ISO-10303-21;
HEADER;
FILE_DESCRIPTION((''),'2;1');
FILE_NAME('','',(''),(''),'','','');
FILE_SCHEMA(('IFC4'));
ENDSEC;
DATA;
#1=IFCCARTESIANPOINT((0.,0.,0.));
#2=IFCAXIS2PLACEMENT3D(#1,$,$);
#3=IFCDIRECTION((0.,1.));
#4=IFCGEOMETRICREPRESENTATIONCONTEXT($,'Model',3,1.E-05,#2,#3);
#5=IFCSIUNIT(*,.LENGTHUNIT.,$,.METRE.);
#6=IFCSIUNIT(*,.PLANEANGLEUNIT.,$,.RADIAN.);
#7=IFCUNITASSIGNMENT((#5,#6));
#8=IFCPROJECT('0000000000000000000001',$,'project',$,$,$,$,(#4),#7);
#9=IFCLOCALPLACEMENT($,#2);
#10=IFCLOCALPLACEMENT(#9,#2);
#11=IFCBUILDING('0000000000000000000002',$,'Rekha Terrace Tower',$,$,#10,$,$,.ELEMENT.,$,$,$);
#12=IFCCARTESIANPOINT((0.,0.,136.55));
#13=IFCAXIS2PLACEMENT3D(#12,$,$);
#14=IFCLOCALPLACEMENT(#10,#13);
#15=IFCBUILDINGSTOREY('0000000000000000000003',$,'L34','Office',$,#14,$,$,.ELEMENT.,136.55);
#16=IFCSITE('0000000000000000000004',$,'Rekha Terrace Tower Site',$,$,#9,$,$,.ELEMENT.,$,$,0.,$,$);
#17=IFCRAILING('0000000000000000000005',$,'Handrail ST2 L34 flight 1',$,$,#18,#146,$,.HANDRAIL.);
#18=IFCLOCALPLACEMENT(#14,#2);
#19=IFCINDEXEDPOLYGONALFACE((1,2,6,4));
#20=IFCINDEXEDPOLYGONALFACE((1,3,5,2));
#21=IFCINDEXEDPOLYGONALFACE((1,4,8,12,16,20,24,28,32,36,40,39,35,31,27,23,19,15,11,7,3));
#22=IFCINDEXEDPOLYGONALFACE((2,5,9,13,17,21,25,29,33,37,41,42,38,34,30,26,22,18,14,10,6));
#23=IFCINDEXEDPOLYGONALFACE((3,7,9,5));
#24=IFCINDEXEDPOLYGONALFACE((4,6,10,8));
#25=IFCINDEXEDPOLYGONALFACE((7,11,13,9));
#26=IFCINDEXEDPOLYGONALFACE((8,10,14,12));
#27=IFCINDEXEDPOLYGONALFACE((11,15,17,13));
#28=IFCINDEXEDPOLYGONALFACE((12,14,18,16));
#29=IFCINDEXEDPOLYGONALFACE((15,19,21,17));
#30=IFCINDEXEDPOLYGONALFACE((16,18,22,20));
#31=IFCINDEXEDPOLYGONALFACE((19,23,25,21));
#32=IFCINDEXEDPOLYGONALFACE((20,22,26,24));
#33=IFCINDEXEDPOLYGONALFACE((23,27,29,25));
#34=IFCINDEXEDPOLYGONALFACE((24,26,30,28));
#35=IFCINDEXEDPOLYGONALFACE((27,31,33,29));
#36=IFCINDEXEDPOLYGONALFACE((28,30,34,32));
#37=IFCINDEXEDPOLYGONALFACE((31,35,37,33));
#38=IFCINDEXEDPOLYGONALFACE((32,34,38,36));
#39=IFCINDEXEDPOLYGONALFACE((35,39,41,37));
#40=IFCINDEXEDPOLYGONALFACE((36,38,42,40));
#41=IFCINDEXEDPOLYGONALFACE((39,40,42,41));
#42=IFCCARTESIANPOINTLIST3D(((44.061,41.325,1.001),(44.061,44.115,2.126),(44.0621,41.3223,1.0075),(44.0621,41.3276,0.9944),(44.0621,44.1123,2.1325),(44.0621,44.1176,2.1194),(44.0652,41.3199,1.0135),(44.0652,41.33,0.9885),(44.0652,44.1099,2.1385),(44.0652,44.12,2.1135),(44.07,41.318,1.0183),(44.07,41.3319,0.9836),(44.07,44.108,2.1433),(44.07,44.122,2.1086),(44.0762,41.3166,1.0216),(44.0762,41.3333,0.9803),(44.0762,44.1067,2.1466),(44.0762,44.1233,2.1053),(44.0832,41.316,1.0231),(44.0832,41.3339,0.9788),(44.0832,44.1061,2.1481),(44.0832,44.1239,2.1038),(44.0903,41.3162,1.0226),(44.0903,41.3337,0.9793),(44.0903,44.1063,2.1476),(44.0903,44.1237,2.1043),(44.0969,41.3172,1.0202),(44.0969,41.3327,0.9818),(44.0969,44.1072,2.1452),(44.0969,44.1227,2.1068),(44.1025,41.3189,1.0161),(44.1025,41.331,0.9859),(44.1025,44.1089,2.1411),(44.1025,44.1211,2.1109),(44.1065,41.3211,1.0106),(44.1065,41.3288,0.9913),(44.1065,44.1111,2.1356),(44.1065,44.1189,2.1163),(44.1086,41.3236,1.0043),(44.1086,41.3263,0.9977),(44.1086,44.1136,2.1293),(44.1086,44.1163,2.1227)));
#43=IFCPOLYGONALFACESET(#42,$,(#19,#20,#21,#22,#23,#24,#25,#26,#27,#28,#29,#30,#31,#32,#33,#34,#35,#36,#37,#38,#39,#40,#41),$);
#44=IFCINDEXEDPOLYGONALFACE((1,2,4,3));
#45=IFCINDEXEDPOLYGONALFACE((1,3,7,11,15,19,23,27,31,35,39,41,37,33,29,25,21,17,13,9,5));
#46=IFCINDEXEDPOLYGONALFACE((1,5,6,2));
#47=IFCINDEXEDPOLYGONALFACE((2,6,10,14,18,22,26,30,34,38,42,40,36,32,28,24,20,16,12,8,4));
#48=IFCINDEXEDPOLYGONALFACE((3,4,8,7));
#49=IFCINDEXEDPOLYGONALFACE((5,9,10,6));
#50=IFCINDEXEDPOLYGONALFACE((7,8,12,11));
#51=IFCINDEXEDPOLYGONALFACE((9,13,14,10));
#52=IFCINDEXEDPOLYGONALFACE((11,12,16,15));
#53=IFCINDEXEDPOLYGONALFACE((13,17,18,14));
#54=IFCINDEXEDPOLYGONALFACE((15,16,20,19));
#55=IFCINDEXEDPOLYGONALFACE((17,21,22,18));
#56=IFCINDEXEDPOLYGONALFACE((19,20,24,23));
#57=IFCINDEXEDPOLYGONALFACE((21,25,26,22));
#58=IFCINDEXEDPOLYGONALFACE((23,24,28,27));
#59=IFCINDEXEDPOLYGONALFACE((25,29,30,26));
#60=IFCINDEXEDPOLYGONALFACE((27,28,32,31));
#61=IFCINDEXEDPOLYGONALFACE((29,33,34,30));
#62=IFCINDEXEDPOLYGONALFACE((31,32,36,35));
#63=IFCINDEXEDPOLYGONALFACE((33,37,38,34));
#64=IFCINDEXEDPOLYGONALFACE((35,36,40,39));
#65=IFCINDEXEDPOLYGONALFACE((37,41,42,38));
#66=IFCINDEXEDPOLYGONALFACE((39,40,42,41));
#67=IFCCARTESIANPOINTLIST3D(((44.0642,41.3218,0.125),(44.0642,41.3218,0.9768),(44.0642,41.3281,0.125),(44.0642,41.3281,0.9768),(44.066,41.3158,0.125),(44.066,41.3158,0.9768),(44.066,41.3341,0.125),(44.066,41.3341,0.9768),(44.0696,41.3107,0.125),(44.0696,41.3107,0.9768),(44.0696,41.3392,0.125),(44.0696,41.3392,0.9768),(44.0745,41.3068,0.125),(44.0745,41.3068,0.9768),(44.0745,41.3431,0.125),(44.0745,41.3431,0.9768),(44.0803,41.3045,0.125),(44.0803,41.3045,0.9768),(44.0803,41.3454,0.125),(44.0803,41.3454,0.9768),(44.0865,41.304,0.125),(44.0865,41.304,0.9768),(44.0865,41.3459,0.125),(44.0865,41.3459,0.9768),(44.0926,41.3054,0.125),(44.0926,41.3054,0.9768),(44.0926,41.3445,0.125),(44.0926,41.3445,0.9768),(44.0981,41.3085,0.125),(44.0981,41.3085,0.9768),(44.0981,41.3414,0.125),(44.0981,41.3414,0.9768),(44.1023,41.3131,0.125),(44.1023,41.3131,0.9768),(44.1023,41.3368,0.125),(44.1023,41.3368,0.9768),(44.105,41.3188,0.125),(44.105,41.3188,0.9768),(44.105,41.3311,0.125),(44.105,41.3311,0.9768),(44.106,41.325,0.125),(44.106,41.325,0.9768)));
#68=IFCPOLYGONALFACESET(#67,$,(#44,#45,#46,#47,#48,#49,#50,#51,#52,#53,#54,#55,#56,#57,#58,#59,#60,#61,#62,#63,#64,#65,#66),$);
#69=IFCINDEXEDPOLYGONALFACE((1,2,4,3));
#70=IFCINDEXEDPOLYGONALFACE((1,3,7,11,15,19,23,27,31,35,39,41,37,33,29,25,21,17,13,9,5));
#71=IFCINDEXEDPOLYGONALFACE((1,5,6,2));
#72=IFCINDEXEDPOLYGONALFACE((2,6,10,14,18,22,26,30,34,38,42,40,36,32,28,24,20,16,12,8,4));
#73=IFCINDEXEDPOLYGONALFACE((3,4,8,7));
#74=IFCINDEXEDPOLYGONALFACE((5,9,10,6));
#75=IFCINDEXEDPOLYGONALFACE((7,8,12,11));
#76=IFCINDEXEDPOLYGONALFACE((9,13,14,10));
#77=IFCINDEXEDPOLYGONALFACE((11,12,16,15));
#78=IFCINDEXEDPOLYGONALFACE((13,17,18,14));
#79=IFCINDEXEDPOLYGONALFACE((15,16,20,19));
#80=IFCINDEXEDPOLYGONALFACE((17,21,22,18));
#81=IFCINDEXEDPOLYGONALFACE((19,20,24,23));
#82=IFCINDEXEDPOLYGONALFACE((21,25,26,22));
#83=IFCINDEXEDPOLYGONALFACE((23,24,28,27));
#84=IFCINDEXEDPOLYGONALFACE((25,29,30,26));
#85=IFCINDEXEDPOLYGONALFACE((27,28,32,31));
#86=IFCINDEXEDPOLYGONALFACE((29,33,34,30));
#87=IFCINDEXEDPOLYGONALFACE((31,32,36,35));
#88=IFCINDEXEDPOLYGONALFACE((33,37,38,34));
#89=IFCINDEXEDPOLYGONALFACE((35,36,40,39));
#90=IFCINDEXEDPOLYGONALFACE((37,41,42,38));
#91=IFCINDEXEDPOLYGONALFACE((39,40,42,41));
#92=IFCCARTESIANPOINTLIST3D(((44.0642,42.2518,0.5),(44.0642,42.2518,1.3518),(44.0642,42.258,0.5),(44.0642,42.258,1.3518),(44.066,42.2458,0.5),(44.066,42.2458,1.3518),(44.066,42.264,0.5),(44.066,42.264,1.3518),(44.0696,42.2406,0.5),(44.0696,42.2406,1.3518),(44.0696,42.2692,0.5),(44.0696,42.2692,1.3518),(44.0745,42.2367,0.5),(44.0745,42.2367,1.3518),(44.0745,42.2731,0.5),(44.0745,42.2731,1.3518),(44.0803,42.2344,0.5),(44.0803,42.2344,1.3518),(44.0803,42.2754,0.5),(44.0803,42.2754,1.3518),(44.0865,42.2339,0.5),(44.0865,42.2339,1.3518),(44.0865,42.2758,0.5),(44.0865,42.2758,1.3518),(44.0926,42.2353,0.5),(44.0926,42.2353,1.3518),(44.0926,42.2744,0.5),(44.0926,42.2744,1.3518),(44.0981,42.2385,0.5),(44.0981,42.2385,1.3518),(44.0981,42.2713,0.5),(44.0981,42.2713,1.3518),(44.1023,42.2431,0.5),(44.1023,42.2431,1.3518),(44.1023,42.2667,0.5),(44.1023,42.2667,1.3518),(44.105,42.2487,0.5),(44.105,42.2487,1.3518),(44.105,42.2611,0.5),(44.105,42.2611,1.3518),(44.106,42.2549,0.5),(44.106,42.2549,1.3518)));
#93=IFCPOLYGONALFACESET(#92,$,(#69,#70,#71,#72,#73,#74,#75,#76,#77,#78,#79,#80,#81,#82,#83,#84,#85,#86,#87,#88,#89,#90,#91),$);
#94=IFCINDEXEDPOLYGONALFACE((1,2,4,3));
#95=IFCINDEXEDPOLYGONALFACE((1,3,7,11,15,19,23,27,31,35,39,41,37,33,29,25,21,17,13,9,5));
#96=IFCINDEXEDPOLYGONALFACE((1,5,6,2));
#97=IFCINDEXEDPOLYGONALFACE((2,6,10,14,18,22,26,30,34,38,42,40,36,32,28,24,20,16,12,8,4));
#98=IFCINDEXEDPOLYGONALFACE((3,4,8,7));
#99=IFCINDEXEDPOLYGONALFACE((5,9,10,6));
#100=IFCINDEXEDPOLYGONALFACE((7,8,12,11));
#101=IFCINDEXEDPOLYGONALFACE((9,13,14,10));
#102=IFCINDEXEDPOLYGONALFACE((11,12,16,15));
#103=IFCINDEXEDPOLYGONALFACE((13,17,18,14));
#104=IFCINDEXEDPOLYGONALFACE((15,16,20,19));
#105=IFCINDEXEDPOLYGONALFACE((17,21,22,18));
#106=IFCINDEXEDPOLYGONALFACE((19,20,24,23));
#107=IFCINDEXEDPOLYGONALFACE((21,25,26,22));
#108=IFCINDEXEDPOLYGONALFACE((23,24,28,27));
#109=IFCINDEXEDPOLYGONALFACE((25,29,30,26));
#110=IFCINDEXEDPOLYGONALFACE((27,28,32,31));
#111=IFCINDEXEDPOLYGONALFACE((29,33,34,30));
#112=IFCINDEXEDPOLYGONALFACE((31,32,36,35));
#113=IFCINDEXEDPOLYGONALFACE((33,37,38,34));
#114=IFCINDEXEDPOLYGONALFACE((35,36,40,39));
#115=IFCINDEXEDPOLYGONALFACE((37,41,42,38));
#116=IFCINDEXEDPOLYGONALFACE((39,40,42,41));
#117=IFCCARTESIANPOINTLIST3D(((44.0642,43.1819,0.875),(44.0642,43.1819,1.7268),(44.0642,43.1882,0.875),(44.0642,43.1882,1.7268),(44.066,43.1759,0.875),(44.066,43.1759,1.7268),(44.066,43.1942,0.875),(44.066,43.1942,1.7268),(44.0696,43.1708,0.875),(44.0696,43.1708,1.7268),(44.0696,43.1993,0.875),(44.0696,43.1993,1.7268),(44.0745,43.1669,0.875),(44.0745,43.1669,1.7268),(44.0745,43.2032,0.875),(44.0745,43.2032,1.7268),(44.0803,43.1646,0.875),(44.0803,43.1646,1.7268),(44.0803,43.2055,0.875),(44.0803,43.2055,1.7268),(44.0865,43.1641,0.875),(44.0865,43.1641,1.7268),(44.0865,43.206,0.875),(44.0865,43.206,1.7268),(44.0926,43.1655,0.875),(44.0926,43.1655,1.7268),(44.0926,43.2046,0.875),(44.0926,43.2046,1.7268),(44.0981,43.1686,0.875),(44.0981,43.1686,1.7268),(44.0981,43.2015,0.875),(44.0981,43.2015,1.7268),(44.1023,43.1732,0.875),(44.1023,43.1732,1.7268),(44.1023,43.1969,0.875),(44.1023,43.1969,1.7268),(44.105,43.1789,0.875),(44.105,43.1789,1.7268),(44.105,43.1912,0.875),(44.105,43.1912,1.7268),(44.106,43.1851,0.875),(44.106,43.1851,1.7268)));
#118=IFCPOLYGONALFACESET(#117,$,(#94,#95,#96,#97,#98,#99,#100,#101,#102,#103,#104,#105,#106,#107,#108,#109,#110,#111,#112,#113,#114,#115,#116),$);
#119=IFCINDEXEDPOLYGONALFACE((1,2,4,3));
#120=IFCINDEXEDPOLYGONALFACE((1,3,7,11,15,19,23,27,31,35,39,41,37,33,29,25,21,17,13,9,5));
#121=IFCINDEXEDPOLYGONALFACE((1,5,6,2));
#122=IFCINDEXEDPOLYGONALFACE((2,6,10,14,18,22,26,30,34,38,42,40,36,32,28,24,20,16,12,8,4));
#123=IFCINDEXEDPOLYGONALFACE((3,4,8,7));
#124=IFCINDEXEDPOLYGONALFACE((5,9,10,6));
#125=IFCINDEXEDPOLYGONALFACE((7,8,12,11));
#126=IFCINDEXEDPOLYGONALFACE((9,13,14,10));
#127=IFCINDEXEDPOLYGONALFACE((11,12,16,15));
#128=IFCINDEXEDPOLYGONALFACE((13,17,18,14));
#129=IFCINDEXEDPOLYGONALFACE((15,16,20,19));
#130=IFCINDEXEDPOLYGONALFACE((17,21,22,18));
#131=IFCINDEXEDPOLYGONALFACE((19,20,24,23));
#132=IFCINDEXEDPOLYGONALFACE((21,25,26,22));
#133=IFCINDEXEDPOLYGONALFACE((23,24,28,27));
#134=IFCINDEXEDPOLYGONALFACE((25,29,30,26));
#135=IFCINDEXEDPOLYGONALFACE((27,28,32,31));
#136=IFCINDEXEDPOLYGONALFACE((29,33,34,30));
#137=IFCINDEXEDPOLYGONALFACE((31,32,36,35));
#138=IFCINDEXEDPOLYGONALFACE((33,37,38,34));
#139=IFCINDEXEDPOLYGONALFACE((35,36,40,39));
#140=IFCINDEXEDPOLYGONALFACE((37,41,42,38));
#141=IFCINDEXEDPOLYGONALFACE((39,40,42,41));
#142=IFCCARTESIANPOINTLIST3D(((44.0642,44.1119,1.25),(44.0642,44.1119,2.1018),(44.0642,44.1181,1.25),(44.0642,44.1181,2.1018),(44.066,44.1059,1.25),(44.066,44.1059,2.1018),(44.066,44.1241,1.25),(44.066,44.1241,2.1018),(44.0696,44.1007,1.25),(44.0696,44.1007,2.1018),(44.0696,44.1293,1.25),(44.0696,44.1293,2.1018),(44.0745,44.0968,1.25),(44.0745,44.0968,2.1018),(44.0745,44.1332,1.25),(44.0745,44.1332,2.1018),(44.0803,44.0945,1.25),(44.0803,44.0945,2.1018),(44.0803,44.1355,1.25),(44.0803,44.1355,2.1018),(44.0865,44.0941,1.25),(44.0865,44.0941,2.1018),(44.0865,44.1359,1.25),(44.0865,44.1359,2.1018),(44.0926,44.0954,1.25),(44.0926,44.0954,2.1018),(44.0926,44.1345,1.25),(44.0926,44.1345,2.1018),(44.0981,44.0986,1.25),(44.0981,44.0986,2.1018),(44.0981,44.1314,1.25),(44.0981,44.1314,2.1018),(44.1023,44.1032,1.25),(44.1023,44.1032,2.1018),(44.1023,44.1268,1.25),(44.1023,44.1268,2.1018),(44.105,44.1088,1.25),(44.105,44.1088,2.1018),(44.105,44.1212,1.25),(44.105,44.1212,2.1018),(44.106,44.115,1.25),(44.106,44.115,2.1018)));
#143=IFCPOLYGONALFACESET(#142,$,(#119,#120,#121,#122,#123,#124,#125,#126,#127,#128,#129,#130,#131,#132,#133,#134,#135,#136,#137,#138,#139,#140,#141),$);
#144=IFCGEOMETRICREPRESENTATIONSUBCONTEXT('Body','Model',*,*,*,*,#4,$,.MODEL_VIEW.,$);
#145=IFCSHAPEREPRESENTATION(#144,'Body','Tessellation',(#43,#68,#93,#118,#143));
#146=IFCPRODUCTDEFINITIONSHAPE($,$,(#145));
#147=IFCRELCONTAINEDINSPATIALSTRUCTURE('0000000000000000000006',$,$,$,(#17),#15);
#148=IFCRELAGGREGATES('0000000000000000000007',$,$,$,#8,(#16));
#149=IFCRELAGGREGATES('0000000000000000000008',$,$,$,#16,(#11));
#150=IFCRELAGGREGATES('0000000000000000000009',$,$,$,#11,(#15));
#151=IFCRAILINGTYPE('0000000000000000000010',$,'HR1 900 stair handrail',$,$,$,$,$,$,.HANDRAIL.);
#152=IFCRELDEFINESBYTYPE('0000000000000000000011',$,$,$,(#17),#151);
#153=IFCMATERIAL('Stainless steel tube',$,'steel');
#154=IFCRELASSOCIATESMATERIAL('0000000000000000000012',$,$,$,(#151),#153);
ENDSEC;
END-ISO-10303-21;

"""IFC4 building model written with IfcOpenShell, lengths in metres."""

from ifc_helpers import new_model, si_unit, direction, frame, origin, origin_2d, place, context, subcontext, project, spatial, circle, extrude, material, type_object, element, save


model = new_model("IFC4")

# Units and contexts
model_context = context("Model", 3, precision=1e-05, world=origin(), true_north=direction((0.0, 1.0)))
body_context = subcontext(model_context, "Body", "Model", "MODEL_VIEW")
ifc_project = project(units=[si_unit("LENGTHUNIT", "METRE"), si_unit("PLANEANGLEUNIT", "RADIAN")], contexts=[model_context])

# Site, building, storey
site_placement = place(None, origin())
site = spatial("IfcSite", under=ifc_project, at=site_placement, Name="Rekha Terrace Tower Site", CompositionType="ELEMENT", RefElevation=0.0)
building_placement = place(site_placement, origin())
building = spatial("IfcBuilding", under=site, at=building_placement, Name="Rekha Terrace Tower", CompositionType="ELEMENT")
storey_placement = place(building_placement, frame((0.0, 0.0, 136.55)))
storey = spatial("IfcBuildingStorey", under=building, at=storey_placement, Name="L34", Description="Office", CompositionType="ELEMENT", Elevation=136.55)

# Railing
ifc_material_1 = material(Name="Stainless steel tube", Category="steel")
railing_type_1 = type_object("IfcRailingType", Name="HR1 900 stair handrail", PredefinedType="HANDRAIL", material=ifc_material_1)
railing_1_placement = place(storey_placement, frame((44.085, 41.325, 0.125)))
element("IfcRailing", 1, at=railing_1_placement, inside=storey, type_object=railing_type_1, Name="Handrail ST2 L34 flight 1", PredefinedType="HANDRAIL", context=body_context, shape_type="SweptSolid", body=[
    extrude(circle(Radius=0.0239, at=origin_2d()), frame((0.0, 0.0, 0.876), z_axis=(0.0, 0.927443, 0.373964), x_axis=(-1.0, 0.0, 0.0)), (0.0, 0.0, 1.0), 3.0083),
    extrude(circle(Radius=0.021, at=origin_2d()), origin(), (0.0, 0.0, 1.0), 0.8518),
    extrude(circle(Radius=0.021, at=origin_2d()), frame((0.0, 0.9299, 0.375)), (0.0, 0.0, 1.0), 0.8518),
    extrude(circle(Radius=0.021, at=origin_2d()), frame((0.0, 1.8601, 0.75)), (0.0, 0.0, 1.0), 0.8518),
    extrude(circle(Radius=0.021, at=origin_2d()), frame((0.0, 2.79, 1.125)), (0.0, 0.0, 1.0), 0.8518),
])

save(model, "model.ifc")
